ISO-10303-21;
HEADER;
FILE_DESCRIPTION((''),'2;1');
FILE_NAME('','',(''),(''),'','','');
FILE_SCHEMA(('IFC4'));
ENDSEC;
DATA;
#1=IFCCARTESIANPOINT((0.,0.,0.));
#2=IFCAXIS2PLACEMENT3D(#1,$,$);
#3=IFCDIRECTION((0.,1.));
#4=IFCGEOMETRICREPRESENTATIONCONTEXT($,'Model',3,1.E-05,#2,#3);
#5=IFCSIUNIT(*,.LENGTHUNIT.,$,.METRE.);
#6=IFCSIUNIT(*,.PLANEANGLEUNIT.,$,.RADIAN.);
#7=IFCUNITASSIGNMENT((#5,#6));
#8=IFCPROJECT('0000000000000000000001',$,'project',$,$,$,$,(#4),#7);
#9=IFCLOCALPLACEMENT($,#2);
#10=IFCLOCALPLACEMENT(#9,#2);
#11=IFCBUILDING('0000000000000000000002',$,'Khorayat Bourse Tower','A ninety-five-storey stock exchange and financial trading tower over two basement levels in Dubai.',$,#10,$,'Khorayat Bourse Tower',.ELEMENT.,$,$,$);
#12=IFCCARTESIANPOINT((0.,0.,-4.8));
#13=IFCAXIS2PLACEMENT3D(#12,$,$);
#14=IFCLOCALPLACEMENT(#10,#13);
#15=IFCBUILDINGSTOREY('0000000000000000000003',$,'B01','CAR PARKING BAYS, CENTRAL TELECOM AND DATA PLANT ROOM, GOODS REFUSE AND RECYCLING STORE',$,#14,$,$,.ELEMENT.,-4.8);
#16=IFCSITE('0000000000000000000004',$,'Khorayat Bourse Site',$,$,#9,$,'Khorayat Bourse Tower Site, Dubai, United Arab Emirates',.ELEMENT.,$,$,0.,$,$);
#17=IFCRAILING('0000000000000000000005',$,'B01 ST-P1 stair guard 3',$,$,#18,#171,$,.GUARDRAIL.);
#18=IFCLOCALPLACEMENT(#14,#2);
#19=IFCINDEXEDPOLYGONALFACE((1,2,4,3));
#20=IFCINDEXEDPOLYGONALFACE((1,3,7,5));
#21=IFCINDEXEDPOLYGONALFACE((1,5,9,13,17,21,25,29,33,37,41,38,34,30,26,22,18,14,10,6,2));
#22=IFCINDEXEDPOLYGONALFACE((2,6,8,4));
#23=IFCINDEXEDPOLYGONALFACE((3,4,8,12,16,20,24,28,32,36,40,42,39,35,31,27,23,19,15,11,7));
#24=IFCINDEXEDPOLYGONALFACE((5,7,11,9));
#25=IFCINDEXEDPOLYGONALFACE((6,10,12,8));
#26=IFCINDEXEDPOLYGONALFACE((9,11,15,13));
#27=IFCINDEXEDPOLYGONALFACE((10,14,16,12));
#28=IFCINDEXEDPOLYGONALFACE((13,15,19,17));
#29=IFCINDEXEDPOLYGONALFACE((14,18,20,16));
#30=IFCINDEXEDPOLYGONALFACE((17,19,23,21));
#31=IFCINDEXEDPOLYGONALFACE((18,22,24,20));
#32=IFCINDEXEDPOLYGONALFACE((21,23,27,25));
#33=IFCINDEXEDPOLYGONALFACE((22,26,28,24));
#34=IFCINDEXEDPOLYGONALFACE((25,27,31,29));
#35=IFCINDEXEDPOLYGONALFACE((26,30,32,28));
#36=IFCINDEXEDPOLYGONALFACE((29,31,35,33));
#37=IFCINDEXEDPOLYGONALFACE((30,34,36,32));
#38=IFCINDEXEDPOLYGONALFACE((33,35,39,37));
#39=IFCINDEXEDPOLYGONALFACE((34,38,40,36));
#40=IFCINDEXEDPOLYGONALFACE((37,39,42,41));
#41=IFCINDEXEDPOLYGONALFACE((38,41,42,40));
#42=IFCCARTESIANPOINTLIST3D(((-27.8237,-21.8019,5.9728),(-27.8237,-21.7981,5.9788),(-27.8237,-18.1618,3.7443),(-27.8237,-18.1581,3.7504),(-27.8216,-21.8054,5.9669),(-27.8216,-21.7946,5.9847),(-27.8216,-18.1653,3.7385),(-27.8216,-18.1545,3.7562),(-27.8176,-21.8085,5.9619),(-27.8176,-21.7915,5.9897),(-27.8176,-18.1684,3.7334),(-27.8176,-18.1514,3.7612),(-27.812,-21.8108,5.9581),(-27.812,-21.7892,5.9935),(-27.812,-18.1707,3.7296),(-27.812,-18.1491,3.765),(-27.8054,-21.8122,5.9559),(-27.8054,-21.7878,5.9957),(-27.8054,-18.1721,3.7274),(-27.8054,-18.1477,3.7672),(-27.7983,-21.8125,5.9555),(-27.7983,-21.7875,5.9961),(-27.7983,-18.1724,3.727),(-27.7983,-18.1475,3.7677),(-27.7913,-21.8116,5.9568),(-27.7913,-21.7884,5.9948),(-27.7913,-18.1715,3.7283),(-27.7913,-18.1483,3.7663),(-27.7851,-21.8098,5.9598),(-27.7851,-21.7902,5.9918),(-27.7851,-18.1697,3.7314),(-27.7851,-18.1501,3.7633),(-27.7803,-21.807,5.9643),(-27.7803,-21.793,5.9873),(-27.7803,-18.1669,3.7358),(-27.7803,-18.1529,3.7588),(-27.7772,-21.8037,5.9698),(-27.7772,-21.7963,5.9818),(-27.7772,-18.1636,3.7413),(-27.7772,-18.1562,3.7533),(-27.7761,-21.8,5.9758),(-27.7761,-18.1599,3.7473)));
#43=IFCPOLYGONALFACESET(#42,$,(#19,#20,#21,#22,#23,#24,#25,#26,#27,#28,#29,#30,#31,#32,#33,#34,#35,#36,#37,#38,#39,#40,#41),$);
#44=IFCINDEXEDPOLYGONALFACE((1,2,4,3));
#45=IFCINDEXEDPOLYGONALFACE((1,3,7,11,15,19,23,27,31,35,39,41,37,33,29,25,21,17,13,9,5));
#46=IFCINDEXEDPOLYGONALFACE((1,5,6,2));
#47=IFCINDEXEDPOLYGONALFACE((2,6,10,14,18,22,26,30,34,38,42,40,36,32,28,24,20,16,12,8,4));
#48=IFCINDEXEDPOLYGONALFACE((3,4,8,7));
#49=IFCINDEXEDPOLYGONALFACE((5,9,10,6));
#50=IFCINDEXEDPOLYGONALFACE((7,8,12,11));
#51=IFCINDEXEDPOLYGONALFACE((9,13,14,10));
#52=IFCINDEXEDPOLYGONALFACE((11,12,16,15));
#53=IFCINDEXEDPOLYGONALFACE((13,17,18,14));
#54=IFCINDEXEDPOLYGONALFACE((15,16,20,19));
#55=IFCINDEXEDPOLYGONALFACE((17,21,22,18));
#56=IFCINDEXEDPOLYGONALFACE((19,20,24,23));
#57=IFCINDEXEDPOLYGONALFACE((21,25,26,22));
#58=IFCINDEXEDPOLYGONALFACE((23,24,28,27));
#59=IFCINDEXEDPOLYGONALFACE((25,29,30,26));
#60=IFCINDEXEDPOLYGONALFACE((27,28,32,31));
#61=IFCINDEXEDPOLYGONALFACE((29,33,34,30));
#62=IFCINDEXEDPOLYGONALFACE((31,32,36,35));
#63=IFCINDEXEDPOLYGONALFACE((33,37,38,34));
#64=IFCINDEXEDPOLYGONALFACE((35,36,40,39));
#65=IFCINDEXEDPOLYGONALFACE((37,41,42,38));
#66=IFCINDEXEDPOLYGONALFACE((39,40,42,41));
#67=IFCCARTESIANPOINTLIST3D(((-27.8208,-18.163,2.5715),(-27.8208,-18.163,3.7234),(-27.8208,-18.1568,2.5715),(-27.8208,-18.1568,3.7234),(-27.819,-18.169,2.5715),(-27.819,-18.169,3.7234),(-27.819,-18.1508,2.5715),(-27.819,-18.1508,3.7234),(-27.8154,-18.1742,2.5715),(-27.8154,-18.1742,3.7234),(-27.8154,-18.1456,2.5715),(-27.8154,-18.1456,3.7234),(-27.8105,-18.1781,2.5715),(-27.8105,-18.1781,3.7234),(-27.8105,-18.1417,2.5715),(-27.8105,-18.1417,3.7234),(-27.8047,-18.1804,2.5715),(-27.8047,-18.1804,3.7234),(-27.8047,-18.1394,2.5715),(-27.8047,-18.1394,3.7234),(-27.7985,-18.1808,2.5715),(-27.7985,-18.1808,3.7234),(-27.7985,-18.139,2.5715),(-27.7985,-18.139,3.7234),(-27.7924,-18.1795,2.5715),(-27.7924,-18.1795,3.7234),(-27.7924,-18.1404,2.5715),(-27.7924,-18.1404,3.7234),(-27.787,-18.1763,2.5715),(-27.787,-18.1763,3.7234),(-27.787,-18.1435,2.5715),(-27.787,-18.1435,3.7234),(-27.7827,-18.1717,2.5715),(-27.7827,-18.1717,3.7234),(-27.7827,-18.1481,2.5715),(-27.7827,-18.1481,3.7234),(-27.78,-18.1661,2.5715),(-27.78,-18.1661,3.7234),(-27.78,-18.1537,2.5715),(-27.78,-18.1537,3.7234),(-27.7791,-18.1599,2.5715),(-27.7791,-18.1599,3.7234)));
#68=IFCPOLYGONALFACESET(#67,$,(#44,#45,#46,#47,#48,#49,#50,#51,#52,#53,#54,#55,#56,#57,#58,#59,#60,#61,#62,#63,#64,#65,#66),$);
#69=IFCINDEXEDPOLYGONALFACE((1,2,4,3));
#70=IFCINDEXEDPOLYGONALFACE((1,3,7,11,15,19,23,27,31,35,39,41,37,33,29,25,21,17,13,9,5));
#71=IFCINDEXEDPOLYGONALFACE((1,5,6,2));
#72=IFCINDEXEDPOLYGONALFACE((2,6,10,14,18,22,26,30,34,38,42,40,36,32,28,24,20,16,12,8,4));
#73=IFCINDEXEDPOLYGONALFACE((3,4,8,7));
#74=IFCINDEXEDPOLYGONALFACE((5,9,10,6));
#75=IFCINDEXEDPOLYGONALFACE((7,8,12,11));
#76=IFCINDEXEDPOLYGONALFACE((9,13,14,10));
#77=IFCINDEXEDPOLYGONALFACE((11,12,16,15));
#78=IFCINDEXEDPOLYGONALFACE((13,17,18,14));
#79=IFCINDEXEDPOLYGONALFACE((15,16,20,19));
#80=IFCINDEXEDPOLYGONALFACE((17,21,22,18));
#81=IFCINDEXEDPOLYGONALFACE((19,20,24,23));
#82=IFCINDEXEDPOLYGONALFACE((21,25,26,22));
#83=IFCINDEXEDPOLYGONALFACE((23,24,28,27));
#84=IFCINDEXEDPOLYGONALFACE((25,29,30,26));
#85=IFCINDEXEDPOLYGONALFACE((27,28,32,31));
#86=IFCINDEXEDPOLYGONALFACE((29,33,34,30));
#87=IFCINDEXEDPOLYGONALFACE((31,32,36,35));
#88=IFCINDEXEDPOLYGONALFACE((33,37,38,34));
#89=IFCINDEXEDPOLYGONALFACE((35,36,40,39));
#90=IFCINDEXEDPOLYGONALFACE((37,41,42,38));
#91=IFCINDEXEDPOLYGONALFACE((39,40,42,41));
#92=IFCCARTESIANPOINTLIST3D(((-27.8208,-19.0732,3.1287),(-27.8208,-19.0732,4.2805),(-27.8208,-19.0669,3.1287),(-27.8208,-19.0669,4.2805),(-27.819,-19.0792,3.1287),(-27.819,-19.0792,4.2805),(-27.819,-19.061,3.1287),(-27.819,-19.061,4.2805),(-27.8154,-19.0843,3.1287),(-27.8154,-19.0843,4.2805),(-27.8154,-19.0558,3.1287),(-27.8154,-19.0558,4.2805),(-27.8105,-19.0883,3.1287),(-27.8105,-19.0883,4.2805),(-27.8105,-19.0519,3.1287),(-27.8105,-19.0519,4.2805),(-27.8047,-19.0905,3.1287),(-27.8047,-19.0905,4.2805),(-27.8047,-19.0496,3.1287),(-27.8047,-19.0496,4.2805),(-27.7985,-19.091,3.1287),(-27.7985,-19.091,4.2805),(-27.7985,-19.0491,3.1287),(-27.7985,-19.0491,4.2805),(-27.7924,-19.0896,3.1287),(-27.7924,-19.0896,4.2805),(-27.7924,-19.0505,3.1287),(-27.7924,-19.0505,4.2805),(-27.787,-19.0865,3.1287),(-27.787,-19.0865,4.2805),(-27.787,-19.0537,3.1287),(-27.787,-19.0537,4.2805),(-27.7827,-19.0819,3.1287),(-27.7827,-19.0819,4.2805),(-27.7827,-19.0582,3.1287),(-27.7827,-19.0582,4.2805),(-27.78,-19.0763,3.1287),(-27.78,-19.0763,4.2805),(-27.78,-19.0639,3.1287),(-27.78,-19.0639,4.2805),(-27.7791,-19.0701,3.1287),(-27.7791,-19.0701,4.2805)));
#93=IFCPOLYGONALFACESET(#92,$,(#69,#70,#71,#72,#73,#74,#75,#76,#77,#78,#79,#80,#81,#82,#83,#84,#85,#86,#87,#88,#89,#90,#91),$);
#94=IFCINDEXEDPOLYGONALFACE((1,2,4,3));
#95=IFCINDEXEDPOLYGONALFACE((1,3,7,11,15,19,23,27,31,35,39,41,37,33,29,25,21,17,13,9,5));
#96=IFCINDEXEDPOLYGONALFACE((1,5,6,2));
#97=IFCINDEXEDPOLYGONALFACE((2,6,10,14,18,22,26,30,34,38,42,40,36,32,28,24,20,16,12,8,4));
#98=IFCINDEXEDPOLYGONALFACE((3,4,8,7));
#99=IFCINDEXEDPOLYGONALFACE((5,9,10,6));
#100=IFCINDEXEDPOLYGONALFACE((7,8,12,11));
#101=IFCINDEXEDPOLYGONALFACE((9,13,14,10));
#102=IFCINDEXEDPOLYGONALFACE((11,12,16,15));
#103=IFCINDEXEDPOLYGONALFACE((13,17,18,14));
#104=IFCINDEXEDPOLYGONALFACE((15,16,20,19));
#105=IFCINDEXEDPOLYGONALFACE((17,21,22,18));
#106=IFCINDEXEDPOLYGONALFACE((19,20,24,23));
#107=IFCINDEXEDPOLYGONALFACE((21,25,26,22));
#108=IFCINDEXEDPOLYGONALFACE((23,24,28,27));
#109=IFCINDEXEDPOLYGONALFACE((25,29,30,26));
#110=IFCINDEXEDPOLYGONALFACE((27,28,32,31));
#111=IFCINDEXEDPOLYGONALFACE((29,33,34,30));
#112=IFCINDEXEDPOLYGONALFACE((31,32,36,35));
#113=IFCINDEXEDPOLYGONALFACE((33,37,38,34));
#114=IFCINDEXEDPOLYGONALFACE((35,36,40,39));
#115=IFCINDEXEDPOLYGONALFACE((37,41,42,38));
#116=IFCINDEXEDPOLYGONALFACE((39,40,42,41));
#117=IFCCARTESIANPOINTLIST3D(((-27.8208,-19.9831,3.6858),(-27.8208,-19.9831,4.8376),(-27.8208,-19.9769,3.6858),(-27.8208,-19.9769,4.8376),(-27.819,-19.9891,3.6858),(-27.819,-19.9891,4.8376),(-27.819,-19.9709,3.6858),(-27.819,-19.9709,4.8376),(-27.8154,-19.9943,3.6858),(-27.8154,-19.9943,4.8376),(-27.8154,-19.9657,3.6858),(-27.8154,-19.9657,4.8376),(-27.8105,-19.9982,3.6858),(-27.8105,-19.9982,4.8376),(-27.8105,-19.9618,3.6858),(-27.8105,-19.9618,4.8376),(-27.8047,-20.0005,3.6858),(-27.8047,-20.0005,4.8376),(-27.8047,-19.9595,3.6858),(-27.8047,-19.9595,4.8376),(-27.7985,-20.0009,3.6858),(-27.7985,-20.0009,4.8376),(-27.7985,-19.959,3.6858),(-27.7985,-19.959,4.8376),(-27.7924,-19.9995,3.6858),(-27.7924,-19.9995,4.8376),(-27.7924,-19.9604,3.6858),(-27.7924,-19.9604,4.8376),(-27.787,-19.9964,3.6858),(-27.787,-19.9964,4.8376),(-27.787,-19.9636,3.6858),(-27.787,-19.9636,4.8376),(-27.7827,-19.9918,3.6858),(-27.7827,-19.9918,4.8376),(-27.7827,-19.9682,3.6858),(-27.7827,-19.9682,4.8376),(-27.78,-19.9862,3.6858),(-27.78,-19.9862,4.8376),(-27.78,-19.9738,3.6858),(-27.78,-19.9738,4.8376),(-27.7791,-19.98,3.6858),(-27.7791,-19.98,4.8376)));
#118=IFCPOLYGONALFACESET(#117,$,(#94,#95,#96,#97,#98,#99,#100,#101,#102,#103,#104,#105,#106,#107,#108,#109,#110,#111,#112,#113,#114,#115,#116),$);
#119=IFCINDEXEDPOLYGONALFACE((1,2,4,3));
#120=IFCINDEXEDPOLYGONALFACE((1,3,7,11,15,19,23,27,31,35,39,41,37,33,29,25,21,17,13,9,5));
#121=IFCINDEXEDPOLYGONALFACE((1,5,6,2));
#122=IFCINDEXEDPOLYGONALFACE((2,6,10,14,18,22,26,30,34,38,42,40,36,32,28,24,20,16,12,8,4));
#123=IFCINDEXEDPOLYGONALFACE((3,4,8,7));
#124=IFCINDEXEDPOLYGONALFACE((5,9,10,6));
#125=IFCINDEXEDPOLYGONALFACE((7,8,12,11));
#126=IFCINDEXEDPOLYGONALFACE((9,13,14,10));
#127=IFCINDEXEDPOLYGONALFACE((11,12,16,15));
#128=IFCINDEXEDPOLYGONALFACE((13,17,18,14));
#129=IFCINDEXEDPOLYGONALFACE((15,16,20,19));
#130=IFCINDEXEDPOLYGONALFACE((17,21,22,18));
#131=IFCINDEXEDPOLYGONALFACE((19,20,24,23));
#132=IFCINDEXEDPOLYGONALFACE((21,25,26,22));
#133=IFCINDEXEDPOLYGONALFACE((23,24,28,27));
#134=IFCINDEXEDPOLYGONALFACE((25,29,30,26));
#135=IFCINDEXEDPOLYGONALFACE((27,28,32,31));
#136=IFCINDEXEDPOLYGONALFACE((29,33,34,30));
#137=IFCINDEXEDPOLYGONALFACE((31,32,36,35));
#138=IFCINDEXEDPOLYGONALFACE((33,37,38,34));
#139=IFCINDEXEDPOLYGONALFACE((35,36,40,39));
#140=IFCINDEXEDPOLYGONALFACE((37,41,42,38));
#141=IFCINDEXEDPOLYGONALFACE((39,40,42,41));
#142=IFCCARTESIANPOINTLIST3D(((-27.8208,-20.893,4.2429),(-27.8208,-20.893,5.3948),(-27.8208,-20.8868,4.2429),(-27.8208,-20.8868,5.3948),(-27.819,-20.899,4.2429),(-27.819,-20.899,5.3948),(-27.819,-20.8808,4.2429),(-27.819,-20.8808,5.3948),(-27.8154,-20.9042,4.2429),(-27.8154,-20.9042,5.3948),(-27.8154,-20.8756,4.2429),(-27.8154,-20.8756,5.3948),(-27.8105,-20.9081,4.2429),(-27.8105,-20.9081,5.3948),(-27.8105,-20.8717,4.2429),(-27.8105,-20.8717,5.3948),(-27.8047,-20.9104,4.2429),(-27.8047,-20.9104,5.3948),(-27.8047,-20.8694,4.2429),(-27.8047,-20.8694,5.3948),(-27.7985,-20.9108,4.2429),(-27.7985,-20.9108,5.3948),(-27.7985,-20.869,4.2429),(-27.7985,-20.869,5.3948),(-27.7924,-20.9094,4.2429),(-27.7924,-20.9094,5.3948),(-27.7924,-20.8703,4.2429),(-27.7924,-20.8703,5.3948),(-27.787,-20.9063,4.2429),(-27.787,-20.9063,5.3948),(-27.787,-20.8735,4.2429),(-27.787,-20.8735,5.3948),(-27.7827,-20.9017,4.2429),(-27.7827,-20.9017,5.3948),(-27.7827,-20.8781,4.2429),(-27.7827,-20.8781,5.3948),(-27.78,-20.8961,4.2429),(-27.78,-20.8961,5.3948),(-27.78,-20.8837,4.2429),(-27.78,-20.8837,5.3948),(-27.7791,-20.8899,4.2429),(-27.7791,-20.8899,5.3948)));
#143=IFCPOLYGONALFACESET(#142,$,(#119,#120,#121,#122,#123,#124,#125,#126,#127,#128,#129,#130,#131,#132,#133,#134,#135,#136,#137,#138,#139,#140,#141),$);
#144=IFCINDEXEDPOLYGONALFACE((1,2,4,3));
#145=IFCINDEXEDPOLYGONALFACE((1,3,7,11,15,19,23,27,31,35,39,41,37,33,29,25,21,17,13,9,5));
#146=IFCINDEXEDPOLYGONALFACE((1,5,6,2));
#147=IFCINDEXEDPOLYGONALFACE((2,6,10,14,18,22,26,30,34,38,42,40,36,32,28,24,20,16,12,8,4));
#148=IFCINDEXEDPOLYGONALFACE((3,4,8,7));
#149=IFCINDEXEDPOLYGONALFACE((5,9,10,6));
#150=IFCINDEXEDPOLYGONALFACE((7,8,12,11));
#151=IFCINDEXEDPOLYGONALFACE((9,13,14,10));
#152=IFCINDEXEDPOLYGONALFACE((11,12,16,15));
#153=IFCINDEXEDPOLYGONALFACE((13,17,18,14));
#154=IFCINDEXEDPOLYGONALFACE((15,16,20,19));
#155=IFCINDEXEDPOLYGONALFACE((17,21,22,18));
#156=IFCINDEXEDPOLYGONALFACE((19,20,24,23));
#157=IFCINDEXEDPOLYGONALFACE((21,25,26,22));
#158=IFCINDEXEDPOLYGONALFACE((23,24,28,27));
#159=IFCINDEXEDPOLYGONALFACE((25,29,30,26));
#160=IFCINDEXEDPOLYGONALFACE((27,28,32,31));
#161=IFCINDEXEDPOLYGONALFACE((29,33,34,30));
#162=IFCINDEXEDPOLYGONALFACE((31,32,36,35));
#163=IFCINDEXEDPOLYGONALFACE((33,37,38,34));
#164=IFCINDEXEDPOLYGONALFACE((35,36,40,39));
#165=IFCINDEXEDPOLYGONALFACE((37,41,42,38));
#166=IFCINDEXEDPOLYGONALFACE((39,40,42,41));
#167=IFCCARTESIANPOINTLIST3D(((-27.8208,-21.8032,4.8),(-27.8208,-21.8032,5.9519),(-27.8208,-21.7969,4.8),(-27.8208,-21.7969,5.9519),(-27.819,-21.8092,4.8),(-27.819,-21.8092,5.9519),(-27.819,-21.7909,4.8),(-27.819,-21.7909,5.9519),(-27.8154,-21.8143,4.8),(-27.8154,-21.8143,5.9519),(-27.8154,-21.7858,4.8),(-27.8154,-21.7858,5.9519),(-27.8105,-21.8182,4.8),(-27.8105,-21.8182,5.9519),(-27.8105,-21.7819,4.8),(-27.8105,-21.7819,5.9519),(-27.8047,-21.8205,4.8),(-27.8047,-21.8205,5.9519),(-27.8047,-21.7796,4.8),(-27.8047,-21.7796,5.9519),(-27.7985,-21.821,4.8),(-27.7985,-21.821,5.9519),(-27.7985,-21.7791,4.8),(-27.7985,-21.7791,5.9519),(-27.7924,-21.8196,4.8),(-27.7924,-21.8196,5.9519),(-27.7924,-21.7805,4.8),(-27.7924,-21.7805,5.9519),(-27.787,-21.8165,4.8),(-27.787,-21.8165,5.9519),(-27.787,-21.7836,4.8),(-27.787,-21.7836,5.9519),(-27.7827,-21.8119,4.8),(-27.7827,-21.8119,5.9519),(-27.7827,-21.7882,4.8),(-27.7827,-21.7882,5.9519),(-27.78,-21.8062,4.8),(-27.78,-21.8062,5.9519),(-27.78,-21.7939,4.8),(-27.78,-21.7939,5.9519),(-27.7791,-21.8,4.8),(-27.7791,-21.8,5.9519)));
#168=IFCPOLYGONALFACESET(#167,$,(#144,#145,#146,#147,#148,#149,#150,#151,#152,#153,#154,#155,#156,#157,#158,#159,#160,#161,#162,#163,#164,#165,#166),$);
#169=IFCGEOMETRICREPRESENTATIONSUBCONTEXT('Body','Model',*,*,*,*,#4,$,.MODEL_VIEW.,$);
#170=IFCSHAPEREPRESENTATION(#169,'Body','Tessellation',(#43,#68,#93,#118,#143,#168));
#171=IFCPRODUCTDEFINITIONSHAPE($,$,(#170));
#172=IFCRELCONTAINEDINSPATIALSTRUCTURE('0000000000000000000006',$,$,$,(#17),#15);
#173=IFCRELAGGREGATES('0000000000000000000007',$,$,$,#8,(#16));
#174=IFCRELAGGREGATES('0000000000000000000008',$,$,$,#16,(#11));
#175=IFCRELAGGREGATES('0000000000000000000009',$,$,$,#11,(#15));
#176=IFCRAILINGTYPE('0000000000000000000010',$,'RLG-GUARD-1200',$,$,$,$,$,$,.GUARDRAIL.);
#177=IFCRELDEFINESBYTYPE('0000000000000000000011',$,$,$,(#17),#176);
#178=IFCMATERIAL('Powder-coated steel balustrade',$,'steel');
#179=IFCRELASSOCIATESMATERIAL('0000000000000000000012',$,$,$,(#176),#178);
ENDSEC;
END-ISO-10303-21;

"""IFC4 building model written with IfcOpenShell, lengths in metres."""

from ifc_helpers import new_model, si_unit, direction, frame, origin, origin_2d, place, context, subcontext, project, spatial, circle, extrude, source, transform, mapped, material, type_object, element, save


model = new_model("IFC4")

# Units and contexts
model_context = context("Model", 3, precision=1e-05, world=origin(), true_north=direction((0.0, 1.0)))
body_context = subcontext(model_context, "Body", "Model", "MODEL_VIEW")
ifc_project = project(units=[si_unit("LENGTHUNIT", "METRE"), si_unit("PLANEANGLEUNIT", "RADIAN")], contexts=[model_context])

# Site, building, storey
site_placement = place(None, origin())
site = spatial("IfcSite", under=ifc_project, at=site_placement, Name="Khorayat Bourse Site", LongName="Khorayat Bourse Tower Site, Dubai, United Arab Emirates", CompositionType="ELEMENT", RefElevation=0.0)
building_placement = place(site_placement, origin())
building = spatial("IfcBuilding", under=site, at=building_placement, Name="Khorayat Bourse Tower", Description="A ninety-five-storey stock exchange and financial trading tower over two basement levels in Dubai.", LongName="Khorayat Bourse Tower", CompositionType="ELEMENT")
storey_placement = place(building_placement, frame((0.0, 0.0, -4.8)))
storey = spatial("IfcBuildingStorey", under=building, at=storey_placement, Name="B01", Description="CAR PARKING BAYS, CENTRAL TELECOM AND DATA PLANT ROOM, GOODS REFUSE AND RECYCLING STORE", CompositionType="ELEMENT", Elevation=-4.8)

# Railing
ifc_material_1 = material(Name="Powder-coated steel balustrade", Category="steel")
railing_type_1 = type_object("IfcRailingType", Name="RLG-GUARD-1200", PredefinedType="GUARDRAIL", material=ifc_material_1)
shared_shape_1 = source(origin(), body_context, "Body", "SweptSolid", [
    extrude(circle(Radius=0.0239, at=origin_2d()), frame((0.0, 0.0, 1.1758), z_axis=(0.0, -0.852866, 0.52213), x_axis=(1.0, 0.0, 0.0)), (0.0, 0.0, 1.0), 4.2681),
    extrude(circle(Radius=0.021, at=origin_2d()), origin(), (0.0, 0.0, 1.0), 1.1519),
    extrude(circle(Radius=0.021, at=origin_2d()), frame((0.0, -0.9102, 0.5571)), (0.0, 0.0, 1.0), 1.1519),
    extrude(circle(Radius=0.021, at=origin_2d()), frame((0.0, -1.8201, 1.1143)), (0.0, 0.0, 1.0), 1.1519),
    extrude(circle(Radius=0.021, at=origin_2d()), frame((0.0, -2.73, 1.6714)), (0.0, 0.0, 1.0), 1.1519),
    extrude(circle(Radius=0.021, at=origin_2d()), frame((0.0, -3.6401, 2.2285)), (0.0, 0.0, 1.0), 1.1519),
])
railing_1_placement = place(storey_placement, frame((-27.8, -18.1599, 2.5715)))
element("IfcRailing", 1, at=railing_1_placement, inside=storey, type_object=railing_type_1, Name="B01 ST-P1 stair guard 3", PredefinedType="GUARDRAIL", context=body_context, shape_type="MappedRepresentation", body=[
    mapped(shared_shape_1, transform((0.0, 0.0, 0.0), scale=1.0)),
])

save(model, "model.ifc")
